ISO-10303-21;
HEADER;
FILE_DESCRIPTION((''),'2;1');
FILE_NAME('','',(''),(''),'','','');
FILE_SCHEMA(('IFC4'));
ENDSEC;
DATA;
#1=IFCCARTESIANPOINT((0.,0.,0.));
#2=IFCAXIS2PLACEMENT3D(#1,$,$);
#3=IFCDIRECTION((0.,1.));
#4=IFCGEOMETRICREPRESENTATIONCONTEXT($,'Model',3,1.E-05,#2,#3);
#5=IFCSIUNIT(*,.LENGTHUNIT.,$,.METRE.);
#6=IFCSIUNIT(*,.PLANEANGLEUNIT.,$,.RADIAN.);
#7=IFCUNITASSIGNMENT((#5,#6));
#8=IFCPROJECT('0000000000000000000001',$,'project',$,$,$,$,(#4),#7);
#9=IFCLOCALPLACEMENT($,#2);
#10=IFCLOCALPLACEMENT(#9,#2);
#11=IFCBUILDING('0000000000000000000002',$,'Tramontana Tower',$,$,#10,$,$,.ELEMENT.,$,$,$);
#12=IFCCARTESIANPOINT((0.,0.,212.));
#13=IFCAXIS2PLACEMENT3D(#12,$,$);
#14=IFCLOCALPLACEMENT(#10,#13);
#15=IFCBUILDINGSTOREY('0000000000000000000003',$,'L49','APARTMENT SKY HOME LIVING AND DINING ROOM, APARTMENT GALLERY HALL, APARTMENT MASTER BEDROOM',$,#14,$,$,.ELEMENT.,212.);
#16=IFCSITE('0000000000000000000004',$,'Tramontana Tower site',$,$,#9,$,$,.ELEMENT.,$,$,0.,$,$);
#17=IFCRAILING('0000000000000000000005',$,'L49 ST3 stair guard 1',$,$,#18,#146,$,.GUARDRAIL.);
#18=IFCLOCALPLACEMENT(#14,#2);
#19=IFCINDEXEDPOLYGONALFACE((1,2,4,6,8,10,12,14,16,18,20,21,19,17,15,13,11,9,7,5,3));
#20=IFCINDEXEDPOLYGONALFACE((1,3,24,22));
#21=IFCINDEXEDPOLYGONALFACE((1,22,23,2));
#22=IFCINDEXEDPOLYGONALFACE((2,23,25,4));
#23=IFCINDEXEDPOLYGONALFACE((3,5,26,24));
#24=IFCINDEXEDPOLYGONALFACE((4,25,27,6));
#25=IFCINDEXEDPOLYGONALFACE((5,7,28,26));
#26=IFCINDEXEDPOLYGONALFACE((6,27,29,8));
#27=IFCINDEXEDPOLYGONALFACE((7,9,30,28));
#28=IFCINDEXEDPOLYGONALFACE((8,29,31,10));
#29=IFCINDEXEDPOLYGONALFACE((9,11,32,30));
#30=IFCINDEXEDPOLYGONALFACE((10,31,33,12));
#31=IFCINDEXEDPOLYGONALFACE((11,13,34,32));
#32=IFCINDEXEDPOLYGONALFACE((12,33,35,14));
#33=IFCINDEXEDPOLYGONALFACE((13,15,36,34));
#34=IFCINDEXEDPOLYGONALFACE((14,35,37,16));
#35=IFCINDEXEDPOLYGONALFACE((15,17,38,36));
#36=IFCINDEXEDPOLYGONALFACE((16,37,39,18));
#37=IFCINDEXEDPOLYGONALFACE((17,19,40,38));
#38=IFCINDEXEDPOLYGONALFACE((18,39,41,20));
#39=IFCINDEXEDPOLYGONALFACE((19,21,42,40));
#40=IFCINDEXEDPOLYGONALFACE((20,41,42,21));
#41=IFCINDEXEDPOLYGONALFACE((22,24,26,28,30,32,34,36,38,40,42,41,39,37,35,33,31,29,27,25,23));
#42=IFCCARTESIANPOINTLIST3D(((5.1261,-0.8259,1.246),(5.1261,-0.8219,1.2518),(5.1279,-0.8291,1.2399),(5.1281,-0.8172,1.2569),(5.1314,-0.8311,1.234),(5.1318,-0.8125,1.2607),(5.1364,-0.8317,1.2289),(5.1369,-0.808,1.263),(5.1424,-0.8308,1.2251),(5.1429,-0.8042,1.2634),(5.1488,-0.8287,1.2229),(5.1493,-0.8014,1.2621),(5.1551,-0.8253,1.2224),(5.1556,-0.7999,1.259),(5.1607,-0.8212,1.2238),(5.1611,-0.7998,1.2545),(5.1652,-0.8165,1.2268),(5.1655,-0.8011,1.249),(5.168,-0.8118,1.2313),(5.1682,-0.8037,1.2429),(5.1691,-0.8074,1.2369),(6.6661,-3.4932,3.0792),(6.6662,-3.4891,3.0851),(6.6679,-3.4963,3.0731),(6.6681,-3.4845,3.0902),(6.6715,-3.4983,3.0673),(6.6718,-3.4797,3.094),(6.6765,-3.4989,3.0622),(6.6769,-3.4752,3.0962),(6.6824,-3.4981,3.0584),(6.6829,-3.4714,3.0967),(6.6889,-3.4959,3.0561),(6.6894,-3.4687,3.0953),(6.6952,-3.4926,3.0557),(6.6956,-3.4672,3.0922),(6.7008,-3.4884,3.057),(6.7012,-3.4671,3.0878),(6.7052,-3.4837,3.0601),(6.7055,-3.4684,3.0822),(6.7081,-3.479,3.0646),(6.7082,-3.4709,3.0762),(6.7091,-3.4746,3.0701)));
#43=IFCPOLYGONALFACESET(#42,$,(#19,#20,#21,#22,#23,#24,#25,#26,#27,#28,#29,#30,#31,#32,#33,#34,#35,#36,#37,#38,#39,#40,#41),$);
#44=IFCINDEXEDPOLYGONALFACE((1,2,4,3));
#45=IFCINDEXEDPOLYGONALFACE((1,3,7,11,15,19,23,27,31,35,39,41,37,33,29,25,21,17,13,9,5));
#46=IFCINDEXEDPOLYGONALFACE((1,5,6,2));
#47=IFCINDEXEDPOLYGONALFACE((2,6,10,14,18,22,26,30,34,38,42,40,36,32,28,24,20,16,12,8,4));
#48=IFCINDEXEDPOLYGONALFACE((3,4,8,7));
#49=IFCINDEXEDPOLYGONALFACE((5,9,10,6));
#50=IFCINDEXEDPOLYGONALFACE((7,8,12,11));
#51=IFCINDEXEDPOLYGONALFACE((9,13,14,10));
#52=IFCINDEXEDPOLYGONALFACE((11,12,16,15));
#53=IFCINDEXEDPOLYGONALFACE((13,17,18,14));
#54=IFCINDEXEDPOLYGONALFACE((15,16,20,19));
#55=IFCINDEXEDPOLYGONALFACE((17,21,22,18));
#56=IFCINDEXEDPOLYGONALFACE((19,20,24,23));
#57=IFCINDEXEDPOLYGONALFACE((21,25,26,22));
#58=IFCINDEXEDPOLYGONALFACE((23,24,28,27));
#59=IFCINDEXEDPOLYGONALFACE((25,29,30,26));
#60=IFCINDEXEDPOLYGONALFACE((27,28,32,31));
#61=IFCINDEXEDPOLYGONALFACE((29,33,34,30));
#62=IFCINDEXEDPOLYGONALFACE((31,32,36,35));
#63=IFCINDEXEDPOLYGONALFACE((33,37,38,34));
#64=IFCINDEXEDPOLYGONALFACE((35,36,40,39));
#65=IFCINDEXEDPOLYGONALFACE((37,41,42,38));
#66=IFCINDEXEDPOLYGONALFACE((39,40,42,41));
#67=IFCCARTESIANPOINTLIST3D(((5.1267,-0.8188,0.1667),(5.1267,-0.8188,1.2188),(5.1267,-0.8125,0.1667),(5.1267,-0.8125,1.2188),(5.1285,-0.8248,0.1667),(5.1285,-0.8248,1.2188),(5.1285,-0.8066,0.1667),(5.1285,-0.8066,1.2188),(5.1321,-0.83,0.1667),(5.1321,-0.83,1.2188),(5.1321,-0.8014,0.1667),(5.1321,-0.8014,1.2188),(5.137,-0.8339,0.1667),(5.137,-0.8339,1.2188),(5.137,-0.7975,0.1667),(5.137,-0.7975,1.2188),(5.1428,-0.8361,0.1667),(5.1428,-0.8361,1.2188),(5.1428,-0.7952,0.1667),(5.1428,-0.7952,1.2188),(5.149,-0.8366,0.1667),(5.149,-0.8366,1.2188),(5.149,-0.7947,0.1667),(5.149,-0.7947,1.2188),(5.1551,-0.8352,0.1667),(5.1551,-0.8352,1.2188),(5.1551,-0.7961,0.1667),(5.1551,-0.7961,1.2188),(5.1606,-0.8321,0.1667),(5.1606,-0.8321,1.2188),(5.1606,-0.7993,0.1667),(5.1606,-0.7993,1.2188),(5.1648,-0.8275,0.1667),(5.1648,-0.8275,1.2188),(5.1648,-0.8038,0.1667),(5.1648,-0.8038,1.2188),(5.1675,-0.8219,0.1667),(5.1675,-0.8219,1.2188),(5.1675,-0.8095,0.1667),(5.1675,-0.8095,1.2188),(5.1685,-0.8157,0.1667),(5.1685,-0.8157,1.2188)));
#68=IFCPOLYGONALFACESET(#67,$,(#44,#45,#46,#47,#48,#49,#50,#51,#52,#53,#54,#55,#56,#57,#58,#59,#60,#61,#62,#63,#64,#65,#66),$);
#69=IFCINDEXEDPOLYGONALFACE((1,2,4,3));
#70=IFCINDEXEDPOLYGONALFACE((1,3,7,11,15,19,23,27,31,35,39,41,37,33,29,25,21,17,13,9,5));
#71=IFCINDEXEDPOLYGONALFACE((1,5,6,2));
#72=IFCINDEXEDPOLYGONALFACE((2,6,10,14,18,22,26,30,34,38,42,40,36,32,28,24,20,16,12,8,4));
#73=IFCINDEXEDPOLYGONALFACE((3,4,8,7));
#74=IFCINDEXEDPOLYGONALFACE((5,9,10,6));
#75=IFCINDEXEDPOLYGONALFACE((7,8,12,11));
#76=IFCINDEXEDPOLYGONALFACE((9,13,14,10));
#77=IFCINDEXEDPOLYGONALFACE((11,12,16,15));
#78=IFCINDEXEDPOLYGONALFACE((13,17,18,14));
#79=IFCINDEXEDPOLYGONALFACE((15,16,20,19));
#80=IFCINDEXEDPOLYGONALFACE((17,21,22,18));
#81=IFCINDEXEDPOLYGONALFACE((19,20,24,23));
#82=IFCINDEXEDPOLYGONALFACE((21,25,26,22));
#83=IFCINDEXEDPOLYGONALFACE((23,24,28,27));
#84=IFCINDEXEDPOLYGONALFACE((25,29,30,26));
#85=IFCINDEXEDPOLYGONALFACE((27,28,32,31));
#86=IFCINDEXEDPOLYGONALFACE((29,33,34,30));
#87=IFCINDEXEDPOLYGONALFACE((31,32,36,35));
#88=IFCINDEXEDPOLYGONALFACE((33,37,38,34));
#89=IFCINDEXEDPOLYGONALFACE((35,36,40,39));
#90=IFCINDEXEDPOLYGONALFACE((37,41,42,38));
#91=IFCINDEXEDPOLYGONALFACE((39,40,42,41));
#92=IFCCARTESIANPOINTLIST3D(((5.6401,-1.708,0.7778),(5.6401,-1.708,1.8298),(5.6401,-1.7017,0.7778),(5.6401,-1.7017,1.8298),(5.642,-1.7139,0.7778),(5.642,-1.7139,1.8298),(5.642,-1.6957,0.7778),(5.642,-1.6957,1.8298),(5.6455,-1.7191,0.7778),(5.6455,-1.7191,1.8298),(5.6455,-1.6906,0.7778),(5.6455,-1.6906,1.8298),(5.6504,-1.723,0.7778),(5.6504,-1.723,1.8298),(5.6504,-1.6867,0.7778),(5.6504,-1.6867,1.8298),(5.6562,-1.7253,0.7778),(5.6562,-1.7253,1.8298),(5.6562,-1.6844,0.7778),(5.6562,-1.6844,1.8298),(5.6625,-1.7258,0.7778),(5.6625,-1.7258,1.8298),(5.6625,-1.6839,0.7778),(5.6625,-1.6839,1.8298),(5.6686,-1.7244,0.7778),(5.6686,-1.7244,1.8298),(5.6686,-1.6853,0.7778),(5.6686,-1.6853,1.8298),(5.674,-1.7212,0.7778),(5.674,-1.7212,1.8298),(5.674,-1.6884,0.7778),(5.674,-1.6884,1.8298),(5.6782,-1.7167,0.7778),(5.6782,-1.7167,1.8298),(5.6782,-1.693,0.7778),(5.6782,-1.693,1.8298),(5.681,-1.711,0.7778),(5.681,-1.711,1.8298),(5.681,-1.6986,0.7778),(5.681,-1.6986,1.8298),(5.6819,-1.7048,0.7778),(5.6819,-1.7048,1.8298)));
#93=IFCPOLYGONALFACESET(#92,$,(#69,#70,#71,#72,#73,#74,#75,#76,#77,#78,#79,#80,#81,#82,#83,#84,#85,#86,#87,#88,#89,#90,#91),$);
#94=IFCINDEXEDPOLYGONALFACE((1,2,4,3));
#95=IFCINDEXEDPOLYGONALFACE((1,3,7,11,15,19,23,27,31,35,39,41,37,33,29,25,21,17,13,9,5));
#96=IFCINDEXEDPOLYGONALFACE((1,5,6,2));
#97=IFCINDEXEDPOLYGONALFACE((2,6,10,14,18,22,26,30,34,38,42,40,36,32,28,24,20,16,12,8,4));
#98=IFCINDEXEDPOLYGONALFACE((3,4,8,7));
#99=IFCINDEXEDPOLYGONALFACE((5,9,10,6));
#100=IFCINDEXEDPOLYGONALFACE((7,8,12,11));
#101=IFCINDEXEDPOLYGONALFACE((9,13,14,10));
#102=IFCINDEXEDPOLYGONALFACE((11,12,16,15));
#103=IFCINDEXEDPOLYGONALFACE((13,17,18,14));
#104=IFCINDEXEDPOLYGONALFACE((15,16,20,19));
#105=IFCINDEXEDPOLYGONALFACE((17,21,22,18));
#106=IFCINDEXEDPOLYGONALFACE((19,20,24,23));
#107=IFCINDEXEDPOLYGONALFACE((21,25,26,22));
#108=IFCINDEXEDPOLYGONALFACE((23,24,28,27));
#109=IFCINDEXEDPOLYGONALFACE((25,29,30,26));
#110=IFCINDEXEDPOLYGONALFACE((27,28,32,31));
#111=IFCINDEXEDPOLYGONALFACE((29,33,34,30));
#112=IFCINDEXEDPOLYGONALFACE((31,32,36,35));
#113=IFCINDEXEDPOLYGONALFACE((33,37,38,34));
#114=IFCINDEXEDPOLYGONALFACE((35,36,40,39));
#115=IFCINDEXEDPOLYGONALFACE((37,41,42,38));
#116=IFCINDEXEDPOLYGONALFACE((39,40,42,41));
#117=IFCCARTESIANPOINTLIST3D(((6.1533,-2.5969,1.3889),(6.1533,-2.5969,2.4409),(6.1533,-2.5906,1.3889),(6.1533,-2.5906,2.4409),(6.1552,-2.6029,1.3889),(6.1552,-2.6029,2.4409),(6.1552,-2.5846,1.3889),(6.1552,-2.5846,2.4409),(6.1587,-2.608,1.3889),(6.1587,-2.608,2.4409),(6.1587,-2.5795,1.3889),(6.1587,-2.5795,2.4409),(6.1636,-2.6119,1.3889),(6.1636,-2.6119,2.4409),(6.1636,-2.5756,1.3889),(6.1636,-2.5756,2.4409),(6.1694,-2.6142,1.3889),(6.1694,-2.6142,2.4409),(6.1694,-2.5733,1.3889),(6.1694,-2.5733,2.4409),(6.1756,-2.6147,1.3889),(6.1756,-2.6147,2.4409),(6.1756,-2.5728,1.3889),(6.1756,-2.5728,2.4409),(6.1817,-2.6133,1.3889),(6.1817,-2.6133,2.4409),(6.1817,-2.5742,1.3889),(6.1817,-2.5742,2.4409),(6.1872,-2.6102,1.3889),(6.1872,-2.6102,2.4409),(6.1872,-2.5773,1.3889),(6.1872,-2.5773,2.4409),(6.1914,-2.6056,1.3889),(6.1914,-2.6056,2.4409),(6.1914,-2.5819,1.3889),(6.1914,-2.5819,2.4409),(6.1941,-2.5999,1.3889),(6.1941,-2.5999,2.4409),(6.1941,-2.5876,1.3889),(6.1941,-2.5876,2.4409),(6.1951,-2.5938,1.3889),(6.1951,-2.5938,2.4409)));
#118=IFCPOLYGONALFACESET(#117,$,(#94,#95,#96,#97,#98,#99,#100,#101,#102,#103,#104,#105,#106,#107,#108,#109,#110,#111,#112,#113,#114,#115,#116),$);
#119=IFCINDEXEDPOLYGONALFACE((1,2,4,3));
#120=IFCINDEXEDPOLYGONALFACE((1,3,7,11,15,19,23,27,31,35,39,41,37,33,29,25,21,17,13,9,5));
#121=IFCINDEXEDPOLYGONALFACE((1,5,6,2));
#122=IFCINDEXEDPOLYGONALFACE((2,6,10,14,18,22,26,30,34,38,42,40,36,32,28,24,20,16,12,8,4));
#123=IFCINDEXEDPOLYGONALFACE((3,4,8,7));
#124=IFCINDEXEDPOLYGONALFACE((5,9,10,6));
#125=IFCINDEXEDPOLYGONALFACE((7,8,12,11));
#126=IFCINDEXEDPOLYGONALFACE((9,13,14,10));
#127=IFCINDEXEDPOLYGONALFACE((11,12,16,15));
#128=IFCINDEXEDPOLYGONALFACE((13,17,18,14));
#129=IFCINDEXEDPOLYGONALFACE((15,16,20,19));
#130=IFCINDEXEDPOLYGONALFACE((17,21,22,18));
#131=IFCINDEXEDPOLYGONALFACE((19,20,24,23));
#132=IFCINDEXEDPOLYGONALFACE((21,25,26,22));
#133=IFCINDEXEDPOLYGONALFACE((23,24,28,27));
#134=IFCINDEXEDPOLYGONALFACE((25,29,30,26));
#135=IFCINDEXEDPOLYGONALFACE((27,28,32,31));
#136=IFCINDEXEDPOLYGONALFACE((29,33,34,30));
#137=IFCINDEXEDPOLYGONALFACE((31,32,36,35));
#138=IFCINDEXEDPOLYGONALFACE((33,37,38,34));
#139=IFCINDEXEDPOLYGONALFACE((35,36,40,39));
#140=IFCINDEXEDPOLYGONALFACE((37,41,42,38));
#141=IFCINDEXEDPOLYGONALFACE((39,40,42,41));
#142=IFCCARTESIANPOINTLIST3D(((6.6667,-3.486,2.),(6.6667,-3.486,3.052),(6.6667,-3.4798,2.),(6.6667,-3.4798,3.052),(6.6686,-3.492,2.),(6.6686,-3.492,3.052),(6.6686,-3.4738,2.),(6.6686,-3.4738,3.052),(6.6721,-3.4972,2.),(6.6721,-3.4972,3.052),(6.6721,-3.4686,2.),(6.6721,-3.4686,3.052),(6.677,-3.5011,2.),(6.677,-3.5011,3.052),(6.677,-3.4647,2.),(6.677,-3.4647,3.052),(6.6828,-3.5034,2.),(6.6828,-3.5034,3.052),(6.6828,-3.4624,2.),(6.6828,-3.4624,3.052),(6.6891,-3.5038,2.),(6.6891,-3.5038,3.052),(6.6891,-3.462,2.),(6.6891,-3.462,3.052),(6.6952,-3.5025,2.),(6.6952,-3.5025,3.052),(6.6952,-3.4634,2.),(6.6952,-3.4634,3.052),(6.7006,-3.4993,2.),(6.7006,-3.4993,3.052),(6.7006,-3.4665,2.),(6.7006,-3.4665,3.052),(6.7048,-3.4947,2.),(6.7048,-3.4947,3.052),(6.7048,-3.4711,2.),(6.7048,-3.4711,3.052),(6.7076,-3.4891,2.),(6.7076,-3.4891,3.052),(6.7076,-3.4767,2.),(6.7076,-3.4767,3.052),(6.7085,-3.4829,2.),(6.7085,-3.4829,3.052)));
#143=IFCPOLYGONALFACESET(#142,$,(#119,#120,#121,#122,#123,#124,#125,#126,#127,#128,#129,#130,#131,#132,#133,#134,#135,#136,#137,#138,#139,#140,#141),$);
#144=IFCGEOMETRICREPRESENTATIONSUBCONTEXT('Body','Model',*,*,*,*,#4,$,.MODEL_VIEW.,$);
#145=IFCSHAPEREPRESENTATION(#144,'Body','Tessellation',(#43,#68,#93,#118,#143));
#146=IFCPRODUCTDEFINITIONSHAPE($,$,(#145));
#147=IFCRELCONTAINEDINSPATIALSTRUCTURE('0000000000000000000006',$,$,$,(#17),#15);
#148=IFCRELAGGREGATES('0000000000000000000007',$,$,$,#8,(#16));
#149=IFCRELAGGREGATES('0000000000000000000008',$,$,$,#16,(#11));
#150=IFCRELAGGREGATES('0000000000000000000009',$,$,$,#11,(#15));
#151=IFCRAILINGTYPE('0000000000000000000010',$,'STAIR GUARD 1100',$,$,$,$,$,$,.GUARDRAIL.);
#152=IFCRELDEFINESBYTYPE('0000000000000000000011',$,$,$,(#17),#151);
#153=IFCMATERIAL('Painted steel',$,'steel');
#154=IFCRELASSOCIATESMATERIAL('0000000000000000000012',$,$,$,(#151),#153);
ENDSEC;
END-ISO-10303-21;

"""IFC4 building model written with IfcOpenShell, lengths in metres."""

from ifc_helpers import new_model, si_unit, direction, frame, origin, origin_2d, place, context, subcontext, project, spatial, circle, extrude, material, type_object, element, save


model = new_model("IFC4")

# Units and contexts
model_context = context("Model", 3, precision=1e-05, world=origin(), true_north=direction((0.0, 1.0)))
body_context = subcontext(model_context, "Body", "Model", "MODEL_VIEW")
ifc_project = project(units=[si_unit("LENGTHUNIT", "METRE"), si_unit("PLANEANGLEUNIT", "RADIAN")], contexts=[model_context])

# Site, building, storey
site_placement = place(None, origin())
site = spatial("IfcSite", under=ifc_project, at=site_placement, Name="Tramontana Tower site", CompositionType="ELEMENT", RefElevation=0.0)
building_placement = place(site_placement, origin())
building = spatial("IfcBuilding", under=site, at=building_placement, Name="Tramontana Tower", CompositionType="ELEMENT")
storey_placement = place(building_placement, frame((0.0, 0.0, 212.0)))
storey = spatial("IfcBuildingStorey", under=building, at=storey_placement, Name="L49", Description="APARTMENT SKY HOME LIVING AND DINING ROOM, APARTMENT GALLERY HALL, APARTMENT MASTER BEDROOM", CompositionType="ELEMENT", Elevation=212.0)

# Railing
ifc_material_1 = material(Name="Painted steel", Category="steel")
railing_type_1 = type_object("IfcRailingType", Name="STAIR GUARD 1100", PredefinedType="GUARDRAIL", material=ifc_material_1)
railing_1_placement = place(storey_placement, frame((5.1475, -0.8157, 0.1667)))
element("IfcRailing", 1, at=railing_1_placement, inside=storey, type_object=railing_type_1, Name="L49 ST3 stair guard 1", PredefinedType="GUARDRAIL", context=body_context, shape_type="SweptSolid", body=[
    extrude(circle(Radius=0.0239, at=origin_2d()), frame((0.0, 0.0, 1.0762), z_axis=(0.429671, -0.744159, 0.511478), x_axis=(0.86601, 0.500027, 0.0)), (0.0, 0.0, 1.0), 3.5842),
    extrude(circle(Radius=0.021, at=origin_2d()), origin(), (0.0, 0.0, 1.0), 1.052),
    extrude(circle(Radius=0.021, at=origin_2d()), frame((0.5134, -0.8892, 0.6111)), (0.0, 0.0, 1.0), 1.052),
    extrude(circle(Radius=0.021, at=origin_2d()), frame((1.0266, -1.7781, 1.2222)), (0.0, 0.0, 1.0), 1.052),
    extrude(circle(Radius=0.021, at=origin_2d()), frame((1.54, -2.6672, 1.8333)), (0.0, 0.0, 1.0), 1.052),
])

save(model, "model.ifc")
